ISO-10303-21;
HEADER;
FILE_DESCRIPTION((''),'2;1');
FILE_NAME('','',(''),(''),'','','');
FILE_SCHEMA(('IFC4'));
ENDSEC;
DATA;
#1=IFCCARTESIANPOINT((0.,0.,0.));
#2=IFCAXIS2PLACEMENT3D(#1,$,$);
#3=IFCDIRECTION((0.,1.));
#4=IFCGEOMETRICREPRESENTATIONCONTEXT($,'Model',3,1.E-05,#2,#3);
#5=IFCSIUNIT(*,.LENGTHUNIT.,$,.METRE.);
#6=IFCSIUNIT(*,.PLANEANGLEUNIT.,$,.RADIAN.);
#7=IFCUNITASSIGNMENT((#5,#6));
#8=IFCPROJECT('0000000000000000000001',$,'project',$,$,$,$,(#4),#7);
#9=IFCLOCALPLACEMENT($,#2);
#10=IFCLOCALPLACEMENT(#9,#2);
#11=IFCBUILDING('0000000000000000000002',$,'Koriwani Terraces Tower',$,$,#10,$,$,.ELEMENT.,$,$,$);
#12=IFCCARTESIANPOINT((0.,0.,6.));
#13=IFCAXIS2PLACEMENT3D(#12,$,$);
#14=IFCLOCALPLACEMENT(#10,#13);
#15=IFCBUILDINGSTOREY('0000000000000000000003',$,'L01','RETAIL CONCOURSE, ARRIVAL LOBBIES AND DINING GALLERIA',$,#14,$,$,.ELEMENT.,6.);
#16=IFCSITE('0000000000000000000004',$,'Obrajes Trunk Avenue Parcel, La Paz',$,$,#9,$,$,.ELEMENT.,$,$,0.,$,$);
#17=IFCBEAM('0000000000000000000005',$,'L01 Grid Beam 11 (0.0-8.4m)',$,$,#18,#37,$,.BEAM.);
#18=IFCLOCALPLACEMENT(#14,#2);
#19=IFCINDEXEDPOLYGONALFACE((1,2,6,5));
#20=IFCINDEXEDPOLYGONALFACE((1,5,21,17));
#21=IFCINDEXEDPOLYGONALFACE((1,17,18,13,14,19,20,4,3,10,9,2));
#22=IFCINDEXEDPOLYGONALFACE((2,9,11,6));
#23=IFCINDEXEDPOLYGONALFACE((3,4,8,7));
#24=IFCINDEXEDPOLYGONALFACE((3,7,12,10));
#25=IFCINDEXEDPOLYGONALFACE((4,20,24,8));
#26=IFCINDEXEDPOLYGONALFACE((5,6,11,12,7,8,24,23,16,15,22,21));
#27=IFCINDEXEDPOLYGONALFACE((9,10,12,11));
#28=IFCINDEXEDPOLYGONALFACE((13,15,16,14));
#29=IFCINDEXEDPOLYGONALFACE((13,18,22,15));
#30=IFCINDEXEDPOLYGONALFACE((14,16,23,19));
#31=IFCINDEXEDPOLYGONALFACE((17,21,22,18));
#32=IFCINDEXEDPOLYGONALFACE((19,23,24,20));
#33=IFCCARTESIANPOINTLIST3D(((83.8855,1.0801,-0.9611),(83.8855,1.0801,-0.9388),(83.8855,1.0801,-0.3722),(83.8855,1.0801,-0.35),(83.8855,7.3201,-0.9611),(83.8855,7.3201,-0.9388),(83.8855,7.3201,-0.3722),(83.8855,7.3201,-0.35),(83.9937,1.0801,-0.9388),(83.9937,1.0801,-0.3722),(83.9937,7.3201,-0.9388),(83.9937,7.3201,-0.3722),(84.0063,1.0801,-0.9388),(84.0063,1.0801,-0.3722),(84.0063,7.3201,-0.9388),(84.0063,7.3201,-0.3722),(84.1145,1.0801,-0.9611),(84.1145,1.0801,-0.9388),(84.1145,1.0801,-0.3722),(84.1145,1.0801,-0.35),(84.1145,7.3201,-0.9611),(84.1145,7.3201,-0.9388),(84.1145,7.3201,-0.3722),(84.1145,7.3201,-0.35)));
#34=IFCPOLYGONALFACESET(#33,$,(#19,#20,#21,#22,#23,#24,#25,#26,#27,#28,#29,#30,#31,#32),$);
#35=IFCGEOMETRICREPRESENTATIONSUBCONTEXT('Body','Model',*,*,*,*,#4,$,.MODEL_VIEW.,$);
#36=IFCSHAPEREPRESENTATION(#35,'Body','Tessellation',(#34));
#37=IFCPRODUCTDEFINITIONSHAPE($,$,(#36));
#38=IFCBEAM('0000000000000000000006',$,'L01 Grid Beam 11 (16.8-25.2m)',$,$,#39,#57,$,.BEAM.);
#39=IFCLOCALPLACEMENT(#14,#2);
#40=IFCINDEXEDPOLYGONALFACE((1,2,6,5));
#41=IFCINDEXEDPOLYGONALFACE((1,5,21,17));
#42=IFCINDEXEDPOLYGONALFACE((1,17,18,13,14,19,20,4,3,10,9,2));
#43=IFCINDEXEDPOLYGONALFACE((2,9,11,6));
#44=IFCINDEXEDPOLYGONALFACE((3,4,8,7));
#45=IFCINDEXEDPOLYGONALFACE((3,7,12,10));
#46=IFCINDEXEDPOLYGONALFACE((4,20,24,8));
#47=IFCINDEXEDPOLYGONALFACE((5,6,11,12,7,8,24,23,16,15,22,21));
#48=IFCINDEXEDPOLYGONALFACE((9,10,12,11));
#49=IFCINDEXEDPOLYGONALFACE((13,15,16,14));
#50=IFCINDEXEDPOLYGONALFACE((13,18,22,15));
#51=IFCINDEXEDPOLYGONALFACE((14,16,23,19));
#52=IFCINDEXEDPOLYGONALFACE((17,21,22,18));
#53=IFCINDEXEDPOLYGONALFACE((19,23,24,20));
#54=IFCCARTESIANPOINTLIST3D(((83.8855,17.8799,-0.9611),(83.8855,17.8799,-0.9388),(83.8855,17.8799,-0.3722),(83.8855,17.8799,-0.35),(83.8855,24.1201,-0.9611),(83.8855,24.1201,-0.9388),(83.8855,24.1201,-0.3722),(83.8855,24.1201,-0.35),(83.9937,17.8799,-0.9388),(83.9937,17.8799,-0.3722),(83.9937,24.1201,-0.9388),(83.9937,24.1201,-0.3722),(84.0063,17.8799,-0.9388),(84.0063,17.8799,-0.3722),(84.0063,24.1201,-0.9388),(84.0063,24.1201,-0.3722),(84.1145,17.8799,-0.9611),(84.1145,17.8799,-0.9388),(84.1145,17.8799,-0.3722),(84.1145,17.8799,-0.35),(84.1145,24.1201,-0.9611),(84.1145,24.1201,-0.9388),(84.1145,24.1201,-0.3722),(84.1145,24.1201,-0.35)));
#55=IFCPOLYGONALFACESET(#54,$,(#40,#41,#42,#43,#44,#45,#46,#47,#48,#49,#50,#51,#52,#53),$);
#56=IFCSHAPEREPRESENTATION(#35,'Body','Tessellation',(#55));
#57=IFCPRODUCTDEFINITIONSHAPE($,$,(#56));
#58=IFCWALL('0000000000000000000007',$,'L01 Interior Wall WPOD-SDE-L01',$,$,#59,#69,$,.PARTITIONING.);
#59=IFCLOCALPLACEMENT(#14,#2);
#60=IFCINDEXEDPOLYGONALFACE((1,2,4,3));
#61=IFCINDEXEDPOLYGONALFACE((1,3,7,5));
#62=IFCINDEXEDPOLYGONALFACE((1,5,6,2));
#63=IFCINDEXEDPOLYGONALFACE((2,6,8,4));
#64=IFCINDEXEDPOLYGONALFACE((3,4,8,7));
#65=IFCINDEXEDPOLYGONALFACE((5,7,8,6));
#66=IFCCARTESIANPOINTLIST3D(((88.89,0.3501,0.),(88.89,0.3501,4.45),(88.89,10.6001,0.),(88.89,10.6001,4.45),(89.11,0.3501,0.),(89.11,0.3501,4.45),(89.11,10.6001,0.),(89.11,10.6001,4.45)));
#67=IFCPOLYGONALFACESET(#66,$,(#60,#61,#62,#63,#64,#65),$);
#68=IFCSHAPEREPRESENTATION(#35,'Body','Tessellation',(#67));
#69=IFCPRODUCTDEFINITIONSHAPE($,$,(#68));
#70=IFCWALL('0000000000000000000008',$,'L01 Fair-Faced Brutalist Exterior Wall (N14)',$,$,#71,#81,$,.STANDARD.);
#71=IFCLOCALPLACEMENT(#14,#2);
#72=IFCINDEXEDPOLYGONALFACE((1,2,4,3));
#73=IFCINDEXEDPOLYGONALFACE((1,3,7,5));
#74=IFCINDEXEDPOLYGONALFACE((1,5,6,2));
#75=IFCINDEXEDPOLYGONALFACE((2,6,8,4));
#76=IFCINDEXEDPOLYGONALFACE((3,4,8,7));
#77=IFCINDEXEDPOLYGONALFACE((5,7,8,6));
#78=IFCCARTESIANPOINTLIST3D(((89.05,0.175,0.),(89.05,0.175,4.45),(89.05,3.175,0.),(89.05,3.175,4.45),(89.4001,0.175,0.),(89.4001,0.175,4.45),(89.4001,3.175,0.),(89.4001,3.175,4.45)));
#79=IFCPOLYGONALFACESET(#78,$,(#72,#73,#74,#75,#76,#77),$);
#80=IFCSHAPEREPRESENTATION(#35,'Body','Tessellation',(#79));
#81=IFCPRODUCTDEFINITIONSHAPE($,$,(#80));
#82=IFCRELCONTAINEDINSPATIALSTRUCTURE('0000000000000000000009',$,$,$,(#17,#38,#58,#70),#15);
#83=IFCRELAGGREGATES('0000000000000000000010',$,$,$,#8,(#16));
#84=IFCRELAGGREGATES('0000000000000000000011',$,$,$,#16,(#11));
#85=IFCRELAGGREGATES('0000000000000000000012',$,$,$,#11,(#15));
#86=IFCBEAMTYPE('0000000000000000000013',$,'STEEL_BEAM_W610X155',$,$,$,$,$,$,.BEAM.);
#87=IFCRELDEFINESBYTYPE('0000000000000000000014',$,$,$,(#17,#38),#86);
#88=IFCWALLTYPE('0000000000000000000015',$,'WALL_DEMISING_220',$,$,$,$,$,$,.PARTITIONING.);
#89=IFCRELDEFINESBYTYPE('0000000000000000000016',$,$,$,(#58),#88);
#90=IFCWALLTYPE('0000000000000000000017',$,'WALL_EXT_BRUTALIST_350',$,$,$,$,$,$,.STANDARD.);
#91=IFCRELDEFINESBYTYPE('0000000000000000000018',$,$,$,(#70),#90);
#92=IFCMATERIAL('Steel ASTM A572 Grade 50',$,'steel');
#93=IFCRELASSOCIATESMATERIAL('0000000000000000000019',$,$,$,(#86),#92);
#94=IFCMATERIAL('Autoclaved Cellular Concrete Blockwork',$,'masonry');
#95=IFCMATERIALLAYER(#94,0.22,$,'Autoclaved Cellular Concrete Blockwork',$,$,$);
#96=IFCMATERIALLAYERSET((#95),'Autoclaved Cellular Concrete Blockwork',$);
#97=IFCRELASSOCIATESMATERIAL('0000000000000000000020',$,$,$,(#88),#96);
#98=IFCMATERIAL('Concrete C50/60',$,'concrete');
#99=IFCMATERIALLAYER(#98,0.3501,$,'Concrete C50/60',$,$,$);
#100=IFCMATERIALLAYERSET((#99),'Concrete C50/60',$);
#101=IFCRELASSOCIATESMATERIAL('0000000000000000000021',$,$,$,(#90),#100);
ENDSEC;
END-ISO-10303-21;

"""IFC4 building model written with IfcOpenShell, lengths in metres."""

from ifc_helpers import new_model, si_unit, direction, frame, frame_2d, origin, origin_2d, place, context, subcontext, project, spatial, rectangle, i_section, extrude, material, layer, layer_set, material_profile, profile_set, type_object, element, save


model = new_model("IFC4")

# Units and contexts
model_context = context("Model", 3, precision=1e-05, world=origin(), true_north=direction((0.0, 1.0)))
body_context = subcontext(model_context, "Body", "Model", "MODEL_VIEW")
ifc_project = project(units=[si_unit("LENGTHUNIT", "METRE"), si_unit("PLANEANGLEUNIT", "RADIAN")], contexts=[model_context])

# Site, building, storey
site_placement = place(None, origin())
site = spatial("IfcSite", under=ifc_project, at=site_placement, Name="Obrajes Trunk Avenue Parcel, La Paz", CompositionType="ELEMENT", RefElevation=0.0)
building_placement = place(site_placement, origin())
building = spatial("IfcBuilding", under=site, at=building_placement, Name="Koriwani Terraces Tower", CompositionType="ELEMENT")
storey_placement = place(building_placement, frame((0.0, 0.0, 6.0)))
storey = spatial("IfcBuildingStorey", under=building, at=storey_placement, Name="L01", Description="RETAIL CONCOURSE, ARRIVAL LOBBIES AND DINING GALLERIA", CompositionType="ELEMENT", Elevation=6.0)

# Beams
ifc_material_1 = material(Name="Steel ASTM A572 Grade 50", Category="steel")
ifc_material_profile_1 = material_profile(ifc_material_1, i_section(OverallWidth=0.229, OverallDepth=0.6111, WebThickness=0.0127, FlangeThickness=0.0222, at=origin_2d()), Name="Steel ASTM A572 Grade 50", Category="LoadBearing")
ifc_profile_set_1 = profile_set([ifc_material_profile_1], Name="Steel ASTM A572 Grade 50")
beam_type_1 = type_object("IfcBeamType", Name="STEEL_BEAM_W610X155", PredefinedType="BEAM", material=ifc_profile_set_1)
for number, where, z_axis, x_axis, name in (
    (1, (84.0, 1.0801, -0.6555), (0.0, 1.0, 0.0), (-1.0, 0.0, 0.0), "L01 Grid Beam 11 (0.0-8.4m)"),
):
    element("IfcBeam", number, at=place(storey_placement, frame(where, z_axis=z_axis, x_axis=x_axis)), inside=storey, type_object=beam_type_1, Name=name, PredefinedType="BEAM", context=body_context, shape_type="SweptSolid", body=[
        extrude(i_section(OverallWidth=0.229, OverallDepth=0.6111, WebThickness=0.0127, FlangeThickness=0.0222, at=origin_2d()), origin(), (0.0, 0.0, 1.0), 6.24),
    ])
beam_1_placement = place(storey_placement, frame((84.0, 17.8799, -0.6555), z_axis=(0.0, 1.0, 0.0), x_axis=(-1.0, 0.0, 0.0)))
element("IfcBeam", 2, at=beam_1_placement, inside=storey, type_object=beam_type_1, Name="L01 Grid Beam 11 (16.8-25.2m)", PredefinedType="BEAM", context=body_context, shape_type="SweptSolid", body=[
    extrude(i_section(OverallWidth=0.229, OverallDepth=0.6111, WebThickness=0.0127, FlangeThickness=0.0222, at=origin_2d()), origin(), (0.0, 0.0, 1.0), 6.2402),
])

# Walls
ifc_material_2 = material(Name="Autoclaved Cellular Concrete Blockwork", Category="masonry")
ifc_layer_1 = layer(ifc_material_2, 0.22, Name="Autoclaved Cellular Concrete Blockwork")
ifc_layer_set_1 = layer_set([ifc_layer_1], Name="Autoclaved Cellular Concrete Blockwork")
wall_type_1 = type_object("IfcWallType", Name="WALL_DEMISING_220", PredefinedType="PARTITIONING", material=ifc_layer_set_1)
wall_1_placement = place(storey_placement, frame((89.0, 0.3501, 0.0), z_axis=(0.0, 0.0, 1.0), x_axis=(0.0, 1.0, 0.0)))
element("IfcWall", 3, at=wall_1_placement, inside=storey, type_object=wall_type_1, Name="L01 Interior Wall WPOD-SDE-L01", PredefinedType="PARTITIONING", context=body_context, shape_type="SweptSolid", body=[
    extrude(rectangle(XDim=10.25, YDim=0.22, at=frame_2d((5.125, 0.0))), origin(), (0.0, 0.0, 1.0), 4.45),
])
ifc_material_3 = material(Name="Concrete C50/60", Category="concrete")
ifc_layer_2 = layer(ifc_material_3, 0.3501, Name="Concrete C50/60")
ifc_layer_set_2 = layer_set([ifc_layer_2], Name="Concrete C50/60")
wall_type_2 = type_object("IfcWallType", Name="WALL_EXT_BRUTALIST_350", PredefinedType="STANDARD", material=ifc_layer_set_2)
wall_2_placement = place(storey_placement, frame((89.2251, 3.175, 0.0), z_axis=(0.0, 0.0, 1.0), x_axis=(0.0, -1.0, 0.0)))
element("IfcWall", 4, at=wall_2_placement, inside=storey, type_object=wall_type_2, Name="L01 Fair-Faced Brutalist Exterior Wall (N14)", PredefinedType="STANDARD", context=body_context, shape_type="SweptSolid", body=[
    extrude(rectangle(XDim=3.0, YDim=0.3501, at=frame_2d((1.5, 0.0))), origin(), (0.0, 0.0, 1.0), 4.45),
])

save(model, "model.ifc")
